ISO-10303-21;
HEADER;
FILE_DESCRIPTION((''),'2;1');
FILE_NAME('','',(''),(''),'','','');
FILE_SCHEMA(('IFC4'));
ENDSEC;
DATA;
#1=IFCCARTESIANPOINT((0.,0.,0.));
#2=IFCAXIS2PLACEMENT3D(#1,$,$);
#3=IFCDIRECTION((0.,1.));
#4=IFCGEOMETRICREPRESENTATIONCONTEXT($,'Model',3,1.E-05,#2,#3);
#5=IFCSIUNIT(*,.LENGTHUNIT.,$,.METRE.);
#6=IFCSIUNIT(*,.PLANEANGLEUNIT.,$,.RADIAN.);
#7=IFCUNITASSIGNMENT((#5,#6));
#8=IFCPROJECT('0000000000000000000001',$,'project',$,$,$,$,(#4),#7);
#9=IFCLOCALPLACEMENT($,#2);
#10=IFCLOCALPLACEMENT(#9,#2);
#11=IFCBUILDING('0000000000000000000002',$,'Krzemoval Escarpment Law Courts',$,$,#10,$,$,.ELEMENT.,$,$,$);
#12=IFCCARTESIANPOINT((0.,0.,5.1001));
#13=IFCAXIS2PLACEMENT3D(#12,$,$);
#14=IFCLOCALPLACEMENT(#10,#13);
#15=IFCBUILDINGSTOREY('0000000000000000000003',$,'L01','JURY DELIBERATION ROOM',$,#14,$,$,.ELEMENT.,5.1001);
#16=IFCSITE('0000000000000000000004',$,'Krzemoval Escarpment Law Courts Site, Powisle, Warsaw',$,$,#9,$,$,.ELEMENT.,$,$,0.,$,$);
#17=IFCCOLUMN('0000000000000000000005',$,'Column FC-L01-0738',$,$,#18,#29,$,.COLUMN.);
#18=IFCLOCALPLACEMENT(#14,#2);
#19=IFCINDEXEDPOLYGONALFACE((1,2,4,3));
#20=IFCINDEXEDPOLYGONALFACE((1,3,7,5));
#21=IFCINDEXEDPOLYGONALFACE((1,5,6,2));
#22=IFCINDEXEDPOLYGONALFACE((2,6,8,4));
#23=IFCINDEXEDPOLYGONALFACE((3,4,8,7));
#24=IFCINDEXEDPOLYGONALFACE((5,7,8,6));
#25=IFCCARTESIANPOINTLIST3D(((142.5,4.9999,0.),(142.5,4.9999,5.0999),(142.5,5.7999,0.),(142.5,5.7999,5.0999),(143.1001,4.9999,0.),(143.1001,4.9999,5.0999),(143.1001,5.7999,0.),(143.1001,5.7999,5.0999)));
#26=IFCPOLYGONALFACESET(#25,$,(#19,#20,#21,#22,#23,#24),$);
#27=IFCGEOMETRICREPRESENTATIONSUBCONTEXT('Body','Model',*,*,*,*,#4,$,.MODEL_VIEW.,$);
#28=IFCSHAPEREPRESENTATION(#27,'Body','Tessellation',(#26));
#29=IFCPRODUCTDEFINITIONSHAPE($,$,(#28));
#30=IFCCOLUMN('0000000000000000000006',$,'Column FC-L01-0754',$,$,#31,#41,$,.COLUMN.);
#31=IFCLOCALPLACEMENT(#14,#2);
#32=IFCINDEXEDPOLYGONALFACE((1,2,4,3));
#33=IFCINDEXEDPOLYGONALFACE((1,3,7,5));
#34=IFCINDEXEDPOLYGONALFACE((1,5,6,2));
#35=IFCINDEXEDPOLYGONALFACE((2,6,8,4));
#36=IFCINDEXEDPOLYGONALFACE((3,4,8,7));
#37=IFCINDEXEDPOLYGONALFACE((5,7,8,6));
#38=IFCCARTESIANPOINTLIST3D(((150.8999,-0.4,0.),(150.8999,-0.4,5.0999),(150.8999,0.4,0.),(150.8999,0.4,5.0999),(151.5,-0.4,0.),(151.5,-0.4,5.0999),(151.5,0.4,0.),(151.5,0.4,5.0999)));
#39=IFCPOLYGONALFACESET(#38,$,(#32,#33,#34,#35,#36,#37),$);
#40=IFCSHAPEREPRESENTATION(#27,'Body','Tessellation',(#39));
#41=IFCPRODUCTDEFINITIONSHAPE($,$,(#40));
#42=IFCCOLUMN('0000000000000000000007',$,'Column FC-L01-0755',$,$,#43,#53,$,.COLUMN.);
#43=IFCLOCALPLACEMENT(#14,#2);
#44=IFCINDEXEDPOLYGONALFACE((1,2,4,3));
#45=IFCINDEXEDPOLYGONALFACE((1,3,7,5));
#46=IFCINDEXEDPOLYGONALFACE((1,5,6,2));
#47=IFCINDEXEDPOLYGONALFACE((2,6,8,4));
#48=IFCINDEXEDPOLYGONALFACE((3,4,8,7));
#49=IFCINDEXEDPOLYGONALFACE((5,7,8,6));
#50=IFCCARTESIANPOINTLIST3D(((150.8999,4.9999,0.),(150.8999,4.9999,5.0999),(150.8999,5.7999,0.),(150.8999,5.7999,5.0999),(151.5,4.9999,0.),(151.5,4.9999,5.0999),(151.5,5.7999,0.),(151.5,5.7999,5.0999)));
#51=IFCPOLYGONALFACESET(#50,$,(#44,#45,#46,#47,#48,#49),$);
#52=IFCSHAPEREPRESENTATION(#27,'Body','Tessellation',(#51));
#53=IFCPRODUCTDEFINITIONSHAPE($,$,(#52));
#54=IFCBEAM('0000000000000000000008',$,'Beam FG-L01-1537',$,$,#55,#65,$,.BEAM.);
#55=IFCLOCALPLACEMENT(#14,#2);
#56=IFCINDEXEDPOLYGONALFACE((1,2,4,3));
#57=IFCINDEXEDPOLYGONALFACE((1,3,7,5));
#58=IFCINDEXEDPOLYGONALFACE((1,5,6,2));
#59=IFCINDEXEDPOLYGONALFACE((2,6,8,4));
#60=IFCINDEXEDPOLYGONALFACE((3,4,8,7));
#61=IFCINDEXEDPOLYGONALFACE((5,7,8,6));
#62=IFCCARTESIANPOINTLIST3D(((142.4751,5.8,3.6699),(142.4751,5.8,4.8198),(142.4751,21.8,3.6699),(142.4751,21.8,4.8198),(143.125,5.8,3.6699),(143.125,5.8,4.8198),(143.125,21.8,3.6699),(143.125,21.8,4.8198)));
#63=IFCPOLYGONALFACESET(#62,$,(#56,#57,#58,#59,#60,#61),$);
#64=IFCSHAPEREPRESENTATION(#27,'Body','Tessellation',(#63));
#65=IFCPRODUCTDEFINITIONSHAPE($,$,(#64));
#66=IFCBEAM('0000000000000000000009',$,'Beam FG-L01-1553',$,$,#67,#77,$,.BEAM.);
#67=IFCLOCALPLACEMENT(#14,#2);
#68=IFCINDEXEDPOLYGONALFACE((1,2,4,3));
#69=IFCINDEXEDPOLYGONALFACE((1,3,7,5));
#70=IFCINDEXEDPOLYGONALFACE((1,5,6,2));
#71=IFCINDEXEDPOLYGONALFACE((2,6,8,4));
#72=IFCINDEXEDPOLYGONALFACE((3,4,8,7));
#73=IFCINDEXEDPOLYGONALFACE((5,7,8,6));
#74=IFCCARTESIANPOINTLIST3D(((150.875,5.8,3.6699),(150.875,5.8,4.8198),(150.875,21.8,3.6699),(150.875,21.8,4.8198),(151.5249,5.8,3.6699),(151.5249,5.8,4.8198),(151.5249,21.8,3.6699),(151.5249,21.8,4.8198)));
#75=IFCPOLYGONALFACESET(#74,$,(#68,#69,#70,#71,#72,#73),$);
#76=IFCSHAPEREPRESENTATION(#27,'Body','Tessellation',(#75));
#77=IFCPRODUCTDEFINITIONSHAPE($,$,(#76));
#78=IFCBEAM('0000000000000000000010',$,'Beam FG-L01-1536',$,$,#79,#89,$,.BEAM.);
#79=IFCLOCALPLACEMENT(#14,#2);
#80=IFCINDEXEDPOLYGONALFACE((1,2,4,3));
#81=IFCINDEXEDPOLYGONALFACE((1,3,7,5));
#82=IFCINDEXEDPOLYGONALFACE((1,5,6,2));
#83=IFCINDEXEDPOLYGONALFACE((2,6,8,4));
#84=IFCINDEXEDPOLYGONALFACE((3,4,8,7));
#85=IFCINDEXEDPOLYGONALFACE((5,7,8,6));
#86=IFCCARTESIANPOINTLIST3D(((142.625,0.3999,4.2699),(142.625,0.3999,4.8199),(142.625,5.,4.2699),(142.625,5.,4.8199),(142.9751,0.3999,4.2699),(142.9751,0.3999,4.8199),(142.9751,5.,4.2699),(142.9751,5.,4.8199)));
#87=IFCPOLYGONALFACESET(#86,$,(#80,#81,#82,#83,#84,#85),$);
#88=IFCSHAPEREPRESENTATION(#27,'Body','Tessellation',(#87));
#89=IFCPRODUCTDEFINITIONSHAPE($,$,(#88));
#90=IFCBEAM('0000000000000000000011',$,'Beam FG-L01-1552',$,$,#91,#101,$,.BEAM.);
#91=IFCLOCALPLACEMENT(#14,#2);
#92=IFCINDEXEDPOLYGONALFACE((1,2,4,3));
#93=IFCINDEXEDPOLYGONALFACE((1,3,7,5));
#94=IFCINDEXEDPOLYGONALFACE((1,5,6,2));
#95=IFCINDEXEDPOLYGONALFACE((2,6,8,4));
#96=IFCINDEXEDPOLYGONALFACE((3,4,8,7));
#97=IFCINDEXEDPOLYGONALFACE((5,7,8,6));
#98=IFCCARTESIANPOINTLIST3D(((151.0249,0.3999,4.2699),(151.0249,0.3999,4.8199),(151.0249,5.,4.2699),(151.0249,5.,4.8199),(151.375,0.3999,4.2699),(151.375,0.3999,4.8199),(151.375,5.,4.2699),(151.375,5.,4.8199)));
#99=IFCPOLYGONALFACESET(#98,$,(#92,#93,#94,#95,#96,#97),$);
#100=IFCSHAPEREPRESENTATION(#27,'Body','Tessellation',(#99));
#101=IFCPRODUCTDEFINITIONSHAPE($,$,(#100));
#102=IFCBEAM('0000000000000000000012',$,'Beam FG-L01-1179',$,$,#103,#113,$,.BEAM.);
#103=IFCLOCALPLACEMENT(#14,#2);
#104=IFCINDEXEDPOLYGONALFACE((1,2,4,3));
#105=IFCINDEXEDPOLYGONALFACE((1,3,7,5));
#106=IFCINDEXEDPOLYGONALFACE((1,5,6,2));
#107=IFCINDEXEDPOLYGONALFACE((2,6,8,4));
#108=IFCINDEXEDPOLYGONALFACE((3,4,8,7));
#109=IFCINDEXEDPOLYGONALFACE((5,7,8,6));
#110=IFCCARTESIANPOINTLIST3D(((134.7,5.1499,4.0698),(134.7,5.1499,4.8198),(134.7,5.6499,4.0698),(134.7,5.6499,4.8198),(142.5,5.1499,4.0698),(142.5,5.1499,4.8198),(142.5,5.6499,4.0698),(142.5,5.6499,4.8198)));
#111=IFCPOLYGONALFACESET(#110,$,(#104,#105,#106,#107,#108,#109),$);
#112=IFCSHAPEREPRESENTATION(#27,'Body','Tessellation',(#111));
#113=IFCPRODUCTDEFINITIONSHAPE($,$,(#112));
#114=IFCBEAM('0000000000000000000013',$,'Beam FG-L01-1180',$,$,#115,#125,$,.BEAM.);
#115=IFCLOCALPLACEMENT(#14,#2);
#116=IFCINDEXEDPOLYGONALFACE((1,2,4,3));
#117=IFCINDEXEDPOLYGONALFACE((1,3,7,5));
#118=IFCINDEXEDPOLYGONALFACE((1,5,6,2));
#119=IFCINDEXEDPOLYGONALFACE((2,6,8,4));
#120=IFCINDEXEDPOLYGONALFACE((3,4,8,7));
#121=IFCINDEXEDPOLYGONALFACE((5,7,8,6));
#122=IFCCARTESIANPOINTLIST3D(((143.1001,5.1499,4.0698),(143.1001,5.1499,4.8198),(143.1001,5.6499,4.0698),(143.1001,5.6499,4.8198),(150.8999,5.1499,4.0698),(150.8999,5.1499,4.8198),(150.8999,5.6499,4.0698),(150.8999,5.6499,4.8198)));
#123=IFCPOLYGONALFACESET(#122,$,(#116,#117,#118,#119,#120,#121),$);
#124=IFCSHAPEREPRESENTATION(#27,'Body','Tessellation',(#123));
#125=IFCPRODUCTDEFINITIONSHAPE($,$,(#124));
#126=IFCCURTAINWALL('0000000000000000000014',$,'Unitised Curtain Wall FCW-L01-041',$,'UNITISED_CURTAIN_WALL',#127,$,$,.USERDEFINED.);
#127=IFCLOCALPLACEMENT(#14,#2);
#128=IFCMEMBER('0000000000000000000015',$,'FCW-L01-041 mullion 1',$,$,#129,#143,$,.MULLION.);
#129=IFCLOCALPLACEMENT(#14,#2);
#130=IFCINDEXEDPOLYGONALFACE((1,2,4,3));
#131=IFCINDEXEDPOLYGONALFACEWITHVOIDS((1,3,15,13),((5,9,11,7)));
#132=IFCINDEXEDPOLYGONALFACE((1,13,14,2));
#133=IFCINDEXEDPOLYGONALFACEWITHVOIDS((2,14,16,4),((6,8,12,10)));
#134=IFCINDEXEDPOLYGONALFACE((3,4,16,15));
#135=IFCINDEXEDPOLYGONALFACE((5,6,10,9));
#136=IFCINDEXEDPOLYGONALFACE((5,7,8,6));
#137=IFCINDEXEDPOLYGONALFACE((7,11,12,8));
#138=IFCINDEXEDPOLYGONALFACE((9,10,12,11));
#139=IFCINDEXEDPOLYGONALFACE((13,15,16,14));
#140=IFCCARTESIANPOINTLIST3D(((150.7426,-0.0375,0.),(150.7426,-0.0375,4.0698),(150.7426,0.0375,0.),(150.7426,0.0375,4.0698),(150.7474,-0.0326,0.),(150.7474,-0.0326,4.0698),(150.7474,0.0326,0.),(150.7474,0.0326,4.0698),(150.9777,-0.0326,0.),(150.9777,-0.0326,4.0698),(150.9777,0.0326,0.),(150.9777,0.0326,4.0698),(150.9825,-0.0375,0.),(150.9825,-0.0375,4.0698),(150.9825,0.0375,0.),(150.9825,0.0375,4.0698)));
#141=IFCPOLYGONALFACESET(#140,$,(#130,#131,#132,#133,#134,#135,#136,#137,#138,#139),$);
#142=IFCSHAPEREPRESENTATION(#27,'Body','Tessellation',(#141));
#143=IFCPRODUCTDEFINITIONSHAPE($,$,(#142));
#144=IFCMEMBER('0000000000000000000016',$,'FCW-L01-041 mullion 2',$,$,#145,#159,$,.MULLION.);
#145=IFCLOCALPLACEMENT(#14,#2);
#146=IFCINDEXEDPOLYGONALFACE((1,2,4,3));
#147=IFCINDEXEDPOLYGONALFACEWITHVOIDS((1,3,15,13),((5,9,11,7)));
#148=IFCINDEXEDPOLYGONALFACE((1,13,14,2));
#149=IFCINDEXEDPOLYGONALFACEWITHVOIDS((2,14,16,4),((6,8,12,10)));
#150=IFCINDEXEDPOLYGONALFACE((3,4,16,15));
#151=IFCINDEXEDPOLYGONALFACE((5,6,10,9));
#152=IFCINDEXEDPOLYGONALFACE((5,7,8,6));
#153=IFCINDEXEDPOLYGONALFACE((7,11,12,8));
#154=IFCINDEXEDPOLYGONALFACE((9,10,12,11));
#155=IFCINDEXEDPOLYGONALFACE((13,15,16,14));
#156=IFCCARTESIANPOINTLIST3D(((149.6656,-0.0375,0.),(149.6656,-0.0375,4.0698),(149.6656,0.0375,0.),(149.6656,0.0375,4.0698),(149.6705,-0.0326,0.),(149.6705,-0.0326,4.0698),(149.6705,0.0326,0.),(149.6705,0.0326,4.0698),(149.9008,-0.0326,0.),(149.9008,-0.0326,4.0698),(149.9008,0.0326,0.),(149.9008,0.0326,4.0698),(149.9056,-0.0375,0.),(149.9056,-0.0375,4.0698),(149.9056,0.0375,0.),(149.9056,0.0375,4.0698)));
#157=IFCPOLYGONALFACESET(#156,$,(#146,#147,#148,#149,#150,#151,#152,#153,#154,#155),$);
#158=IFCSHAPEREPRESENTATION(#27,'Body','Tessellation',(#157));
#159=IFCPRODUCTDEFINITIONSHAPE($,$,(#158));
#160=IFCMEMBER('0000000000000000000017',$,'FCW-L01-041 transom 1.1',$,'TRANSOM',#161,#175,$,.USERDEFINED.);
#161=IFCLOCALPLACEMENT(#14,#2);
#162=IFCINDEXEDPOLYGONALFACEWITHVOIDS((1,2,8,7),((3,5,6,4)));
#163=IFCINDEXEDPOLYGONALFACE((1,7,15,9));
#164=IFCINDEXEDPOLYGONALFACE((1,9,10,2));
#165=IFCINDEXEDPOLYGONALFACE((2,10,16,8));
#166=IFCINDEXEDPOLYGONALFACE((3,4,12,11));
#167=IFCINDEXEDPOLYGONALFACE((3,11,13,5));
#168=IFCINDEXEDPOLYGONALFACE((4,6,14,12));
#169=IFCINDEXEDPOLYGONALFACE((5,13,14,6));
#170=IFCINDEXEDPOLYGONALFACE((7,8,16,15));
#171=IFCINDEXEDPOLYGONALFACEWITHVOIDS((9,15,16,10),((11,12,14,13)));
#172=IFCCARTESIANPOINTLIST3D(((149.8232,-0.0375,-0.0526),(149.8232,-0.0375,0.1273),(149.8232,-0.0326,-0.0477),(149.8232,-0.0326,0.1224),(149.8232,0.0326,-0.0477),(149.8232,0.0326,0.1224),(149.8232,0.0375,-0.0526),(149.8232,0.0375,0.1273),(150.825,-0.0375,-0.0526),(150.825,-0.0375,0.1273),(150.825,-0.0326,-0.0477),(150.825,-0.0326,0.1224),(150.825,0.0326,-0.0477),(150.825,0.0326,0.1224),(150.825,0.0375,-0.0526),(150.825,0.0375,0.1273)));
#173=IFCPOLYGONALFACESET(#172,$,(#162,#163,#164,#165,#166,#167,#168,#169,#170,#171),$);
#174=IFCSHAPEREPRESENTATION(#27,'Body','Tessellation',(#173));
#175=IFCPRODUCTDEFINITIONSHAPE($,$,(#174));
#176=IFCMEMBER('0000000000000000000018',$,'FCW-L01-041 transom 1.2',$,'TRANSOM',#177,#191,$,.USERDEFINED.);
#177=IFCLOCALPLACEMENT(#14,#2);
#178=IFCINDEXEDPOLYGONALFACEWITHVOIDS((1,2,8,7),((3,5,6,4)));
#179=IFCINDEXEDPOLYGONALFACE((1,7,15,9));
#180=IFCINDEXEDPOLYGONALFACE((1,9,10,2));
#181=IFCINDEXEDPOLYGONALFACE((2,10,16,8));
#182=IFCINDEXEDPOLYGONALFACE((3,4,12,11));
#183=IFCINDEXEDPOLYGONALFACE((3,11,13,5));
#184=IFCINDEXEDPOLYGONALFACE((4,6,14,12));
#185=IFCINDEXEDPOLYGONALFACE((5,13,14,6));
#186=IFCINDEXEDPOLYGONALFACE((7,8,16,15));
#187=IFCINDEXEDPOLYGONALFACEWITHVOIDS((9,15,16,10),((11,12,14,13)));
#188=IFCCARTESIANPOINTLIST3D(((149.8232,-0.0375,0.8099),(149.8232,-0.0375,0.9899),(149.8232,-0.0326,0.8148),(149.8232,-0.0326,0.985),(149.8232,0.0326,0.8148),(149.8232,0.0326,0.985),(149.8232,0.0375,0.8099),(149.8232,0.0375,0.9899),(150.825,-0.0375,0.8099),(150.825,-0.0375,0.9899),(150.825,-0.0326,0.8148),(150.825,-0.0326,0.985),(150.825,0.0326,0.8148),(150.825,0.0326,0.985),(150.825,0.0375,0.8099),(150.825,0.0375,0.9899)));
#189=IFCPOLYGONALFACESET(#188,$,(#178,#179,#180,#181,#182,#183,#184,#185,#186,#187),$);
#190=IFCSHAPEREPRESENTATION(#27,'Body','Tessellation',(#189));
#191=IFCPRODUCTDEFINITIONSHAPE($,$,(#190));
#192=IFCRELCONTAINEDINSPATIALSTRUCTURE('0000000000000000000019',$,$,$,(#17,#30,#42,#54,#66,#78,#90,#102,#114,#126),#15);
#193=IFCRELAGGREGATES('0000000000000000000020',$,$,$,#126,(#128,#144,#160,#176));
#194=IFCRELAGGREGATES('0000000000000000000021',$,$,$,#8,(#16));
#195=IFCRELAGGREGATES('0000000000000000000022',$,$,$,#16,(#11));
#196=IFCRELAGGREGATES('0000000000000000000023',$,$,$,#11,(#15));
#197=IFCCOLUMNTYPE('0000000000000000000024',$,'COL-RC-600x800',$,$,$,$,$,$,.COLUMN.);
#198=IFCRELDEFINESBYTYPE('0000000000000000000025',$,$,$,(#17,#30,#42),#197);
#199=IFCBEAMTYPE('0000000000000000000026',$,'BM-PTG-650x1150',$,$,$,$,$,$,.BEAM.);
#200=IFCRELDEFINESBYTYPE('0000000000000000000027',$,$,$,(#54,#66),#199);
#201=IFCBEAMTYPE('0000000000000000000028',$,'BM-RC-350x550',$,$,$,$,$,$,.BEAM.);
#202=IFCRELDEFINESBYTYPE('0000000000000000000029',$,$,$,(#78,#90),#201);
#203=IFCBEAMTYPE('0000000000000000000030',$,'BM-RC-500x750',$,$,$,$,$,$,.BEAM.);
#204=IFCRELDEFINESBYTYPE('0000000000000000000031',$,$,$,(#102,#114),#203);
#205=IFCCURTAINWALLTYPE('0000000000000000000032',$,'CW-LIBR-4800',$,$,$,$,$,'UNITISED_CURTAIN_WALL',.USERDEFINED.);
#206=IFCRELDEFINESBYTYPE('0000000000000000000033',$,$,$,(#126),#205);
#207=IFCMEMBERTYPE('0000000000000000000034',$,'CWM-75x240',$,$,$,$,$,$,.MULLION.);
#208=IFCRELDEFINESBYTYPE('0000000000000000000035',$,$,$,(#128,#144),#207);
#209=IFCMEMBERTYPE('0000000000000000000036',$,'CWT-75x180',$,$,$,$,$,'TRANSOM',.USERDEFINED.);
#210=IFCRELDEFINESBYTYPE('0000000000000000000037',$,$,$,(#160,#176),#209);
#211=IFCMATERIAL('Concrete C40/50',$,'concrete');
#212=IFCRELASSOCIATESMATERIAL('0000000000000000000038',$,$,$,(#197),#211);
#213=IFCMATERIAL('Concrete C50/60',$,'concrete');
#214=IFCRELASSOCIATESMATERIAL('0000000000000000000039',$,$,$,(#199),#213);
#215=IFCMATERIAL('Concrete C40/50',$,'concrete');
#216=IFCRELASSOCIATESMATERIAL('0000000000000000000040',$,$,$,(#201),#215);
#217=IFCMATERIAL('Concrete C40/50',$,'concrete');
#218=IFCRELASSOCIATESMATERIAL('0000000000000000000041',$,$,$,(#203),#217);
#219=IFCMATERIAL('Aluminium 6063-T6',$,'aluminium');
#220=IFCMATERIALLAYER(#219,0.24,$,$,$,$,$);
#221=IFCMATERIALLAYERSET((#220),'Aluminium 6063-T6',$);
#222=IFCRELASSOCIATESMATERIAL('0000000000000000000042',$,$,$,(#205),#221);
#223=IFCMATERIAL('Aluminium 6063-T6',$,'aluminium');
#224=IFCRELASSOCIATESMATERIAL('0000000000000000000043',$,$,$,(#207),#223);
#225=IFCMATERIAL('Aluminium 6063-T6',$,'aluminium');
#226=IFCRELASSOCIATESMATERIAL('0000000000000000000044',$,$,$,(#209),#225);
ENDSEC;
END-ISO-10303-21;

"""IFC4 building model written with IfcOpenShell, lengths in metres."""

from ifc_helpers import new_model, si_unit, direction, frame, origin, origin_2d, place, context, subcontext, project, spatial, rectangle, hollow_rectangle, extrude, material, layer, layer_set, material_profile, profile_set, type_object, element, aggregate, save


model = new_model("IFC4")

# Units and contexts
model_context = context("Model", 3, precision=1e-05, world=origin(), true_north=direction((0.0, 1.0)))
body_context = subcontext(model_context, "Body", "Model", "MODEL_VIEW")
ifc_project = project(units=[si_unit("LENGTHUNIT", "METRE"), si_unit("PLANEANGLEUNIT", "RADIAN")], contexts=[model_context])

# Site, building, storey
site_placement = place(None, origin())
site = spatial("IfcSite", under=ifc_project, at=site_placement, Name="Krzemoval Escarpment Law Courts Site, Powisle, Warsaw", CompositionType="ELEMENT", RefElevation=0.0)
building_placement = place(site_placement, origin())
building = spatial("IfcBuilding", under=site, at=building_placement, Name="Krzemoval Escarpment Law Courts", CompositionType="ELEMENT")
storey_placement = place(building_placement, frame((0.0, 0.0, 5.1001)))
storey = spatial("IfcBuildingStorey", under=building, at=storey_placement, Name="L01", Description="JURY DELIBERATION ROOM", CompositionType="ELEMENT", Elevation=5.1001)

# Columns
ifc_material_1 = material(Name="Concrete C40/50", Category="concrete")
ifc_material_profile_1 = material_profile(ifc_material_1, rectangle(XDim=0.6001, YDim=0.8, at=origin_2d()), Name="RC 600x800")
ifc_profile_set_1 = profile_set([ifc_material_profile_1], Name="Concrete C40/50")
column_type = type_object("IfcColumnType", Name="COL-RC-600x800", PredefinedType="COLUMN", material=ifc_profile_set_1)
for number, where, z_axis, x_axis, name in (
    (1, (142.8, 5.3999, 0.0), (0.0, 0.0, 1.0), (1.0, 0.0, 0.0), "Column FC-L01-0738"),
    (2, (151.2, 0.0, 0.0), (0.0, 0.0, 1.0), (1.0, 0.0, 0.0), "Column FC-L01-0754"),
    (3, (151.2, 5.3999, 0.0), (0.0, 0.0, 1.0), (1.0, 0.0, 0.0), "Column FC-L01-0755"),
):
    element("IfcColumn", number, at=place(storey_placement, frame(where, z_axis=z_axis, x_axis=x_axis)), inside=storey, type_object=column_type, Name=name, PredefinedType="COLUMN", context=body_context, shape_type="SweptSolid", body=[
        extrude(rectangle(XDim=0.6001, YDim=0.8, at=origin_2d()), origin(), (0.0, 0.0, 1.0), 5.0999),
    ])

# Beams
ifc_material_2 = material(Name="Concrete C50/60", Category="concrete")
ifc_material_profile_2 = material_profile(ifc_material_2, rectangle(XDim=0.6499, YDim=1.1499, at=origin_2d()), Name="PTG 650x1150")
ifc_profile_set_2 = profile_set([ifc_material_profile_2], Name="Concrete C50/60")
beam_type_1 = type_object("IfcBeamType", Name="BM-PTG-650x1150", PredefinedType="BEAM", material=ifc_profile_set_2)
for number, where, z_axis, x_axis, name in (
    (4, (142.8, 5.8, 4.2449), (0.0, 1.0, 0.0), (-1.0, 0.0, 0.0), "Beam FG-L01-1537"),
    (5, (151.2, 5.8, 4.2449), (0.0, 1.0, 0.0), (-1.0, 0.0, 0.0), "Beam FG-L01-1553"),
):
    element("IfcBeam", number, at=place(storey_placement, frame(where, z_axis=z_axis, x_axis=x_axis)), inside=storey, type_object=beam_type_1, Name=name, PredefinedType="BEAM", context=body_context, shape_type="SweptSolid", body=[
        extrude(rectangle(XDim=0.6499, YDim=1.1499, at=origin_2d()), origin(), (0.0, 0.0, 1.0), 16.0),
    ])
ifc_material_3 = material(Name="Concrete C40/50", Category="concrete")
ifc_material_profile_3 = material_profile(ifc_material_3, rectangle(XDim=0.3501, YDim=0.55, at=origin_2d()), Name="RCB 350x550")
ifc_profile_set_3 = profile_set([ifc_material_profile_3], Name="Concrete C40/50")
beam_type_2 = type_object("IfcBeamType", Name="BM-RC-350x550", PredefinedType="BEAM", material=ifc_profile_set_3)
for number, where, z_axis, x_axis, name in (
    (6, (142.8, 0.3999, 4.5449), (0.0, 1.0, 0.0), (-1.0, 0.0, 0.0), "Beam FG-L01-1536"),
    (7, (151.2, 0.3999, 4.5449), (0.0, 1.0, 0.0), (-1.0, 0.0, 0.0), "Beam FG-L01-1552"),
):
    element("IfcBeam", number, at=place(storey_placement, frame(where, z_axis=z_axis, x_axis=x_axis)), inside=storey, type_object=beam_type_2, Name=name, PredefinedType="BEAM", context=body_context, shape_type="SweptSolid", body=[
        extrude(rectangle(XDim=0.3501, YDim=0.55, at=origin_2d()), origin(), (0.0, 0.0, 1.0), 4.6001),
    ])
ifc_material_4 = material(Name="Concrete C40/50", Category="concrete")
ifc_material_profile_4 = material_profile(ifc_material_4, rectangle(XDim=0.5, YDim=0.75, at=origin_2d()), Name="RCB 500x750")
ifc_profile_set_4 = profile_set([ifc_material_profile_4], Name="Concrete C40/50")
beam_type_3 = type_object("IfcBeamType", Name="BM-RC-500x750", PredefinedType="BEAM", material=ifc_profile_set_4)
beam_1_placement = place(storey_placement, frame((134.7, 5.3999, 4.4448), z_axis=(1.0, 0.0, 0.0), x_axis=(0.0, 1.0, 0.0)))
element("IfcBeam", 8, at=beam_1_placement, inside=storey, type_object=beam_type_3, Name="Beam FG-L01-1179", PredefinedType="BEAM", context=body_context, shape_type="SweptSolid", body=[
    extrude(rectangle(XDim=0.5, YDim=0.75, at=origin_2d()), origin(), (0.0, 0.0, 1.0), 7.8),
])
beam_2_placement = place(storey_placement, frame((143.1001, 5.3999, 4.4448), z_axis=(1.0, 0.0, 0.0), x_axis=(0.0, 1.0, 0.0)))
element("IfcBeam", 9, at=beam_2_placement, inside=storey, type_object=beam_type_3, Name="Beam FG-L01-1180", PredefinedType="BEAM", context=body_context, shape_type="SweptSolid", body=[
    extrude(rectangle(XDim=0.5, YDim=0.75, at=origin_2d()), origin(), (0.0, 0.0, 1.0), 7.7998),
])

# Curtain wall, members
ifc_material_5 = material(Name="Aluminium 6063-T6", Category="aluminium")
ifc_layer_1 = layer(ifc_material_5, 0.24)
ifc_layer_set_1 = layer_set([ifc_layer_1], Name="Aluminium 6063-T6")
curtain_wall_type = type_object("IfcCurtainWallType", Name="CW-LIBR-4800", ElementType="UNITISED_CURTAIN_WALL", PredefinedType="USERDEFINED", material=ifc_layer_set_1)
curtain_wall_placement = place(storey_placement, origin())
curtain_wall = element("IfcCurtainWall", 10, at=curtain_wall_placement, inside=storey, type_object=curtain_wall_type, Name="Unitised Curtain Wall FCW-L01-041", ObjectType="UNITISED_CURTAIN_WALL", PredefinedType="USERDEFINED")
ifc_material_6 = material(Name="Aluminium 6063-T6", Category="aluminium")
ifc_material_profile_5 = material_profile(ifc_material_6, hollow_rectangle(XDim=0.075, YDim=0.24, WallThickness=0.0049, at=origin_2d()), Name="ALU M75x240")
ifc_profile_set_5 = profile_set([ifc_material_profile_5], Name="Aluminium 6063-T6")
member_type_1 = type_object("IfcMemberType", Name="CWM-75x240", PredefinedType="MULLION", material=ifc_profile_set_5)
member_1_placement = place(storey_placement, frame((150.8625, 0.0, 0.0), z_axis=(0.0, 0.0, 1.0), x_axis=(0.0, -1.0, 0.0)))
member_1 = element("IfcMember", 11, at=member_1_placement, type_object=member_type_1, Name="FCW-L01-041 mullion 1", PredefinedType="MULLION", context=body_context, shape_type="SweptSolid", body=[
    extrude(hollow_rectangle(XDim=0.075, YDim=0.24, WallThickness=0.0049, at=origin_2d()), origin(), (0.0, 0.0, 1.0), 4.0698),
])
member_2_placement = place(storey_placement, frame((149.7856, 0.0, 0.0), z_axis=(0.0, 0.0, 1.0), x_axis=(0.0, -1.0, 0.0)))
member_2 = element("IfcMember", 12, at=member_2_placement, type_object=member_type_1, Name="FCW-L01-041 mullion 2", PredefinedType="MULLION", context=body_context, shape_type="SweptSolid", body=[
    extrude(hollow_rectangle(XDim=0.075, YDim=0.24, WallThickness=0.0049, at=origin_2d()), origin(), (0.0, 0.0, 1.0), 4.0698),
])
ifc_material_7 = material(Name="Aluminium 6063-T6", Category="aluminium")
ifc_material_profile_6 = material_profile(ifc_material_7, hollow_rectangle(XDim=0.075, YDim=0.1799, WallThickness=0.0049, at=origin_2d()), Name="ALU T75x180")
ifc_profile_set_6 = profile_set([ifc_material_profile_6], Name="Aluminium 6063-T6")
member_type_2 = type_object("IfcMemberType", Name="CWT-75x180", ElementType="TRANSOM", PredefinedType="USERDEFINED", material=ifc_profile_set_6)
member_3_placement = place(storey_placement, frame((150.825, 0.0, 0.0374), z_axis=(-1.0, 0.0, 0.0), x_axis=(0.0, -1.0, 0.0)))
member_3 = element("IfcMember", 13, at=member_3_placement, type_object=member_type_2, Name="FCW-L01-041 transom 1.1", ObjectType="TRANSOM", PredefinedType="USERDEFINED", context=body_context, shape_type="SweptSolid", body=[
    extrude(hollow_rectangle(XDim=0.075, YDim=0.1799, WallThickness=0.0049, at=origin_2d()), origin(), (0.0, 0.0, 1.0), 1.0017),
])
member_4_placement = place(storey_placement, frame((150.825, 0.0, 0.8999), z_axis=(-1.0, 0.0, 0.0), x_axis=(0.0, -1.0, 0.0)))
member_4 = element("IfcMember", 14, at=member_4_placement, type_object=member_type_2, Name="FCW-L01-041 transom 1.2", ObjectType="TRANSOM", PredefinedType="USERDEFINED", context=body_context, shape_type="SweptSolid", body=[
    extrude(hollow_rectangle(XDim=0.075, YDim=0.1799, WallThickness=0.0049, at=origin_2d()), origin(), (0.0, 0.0, 1.0), 1.0017),
])

aggregate(curtain_wall, [member_1, member_2, member_3, member_4])

save(model, "model.ifc")
